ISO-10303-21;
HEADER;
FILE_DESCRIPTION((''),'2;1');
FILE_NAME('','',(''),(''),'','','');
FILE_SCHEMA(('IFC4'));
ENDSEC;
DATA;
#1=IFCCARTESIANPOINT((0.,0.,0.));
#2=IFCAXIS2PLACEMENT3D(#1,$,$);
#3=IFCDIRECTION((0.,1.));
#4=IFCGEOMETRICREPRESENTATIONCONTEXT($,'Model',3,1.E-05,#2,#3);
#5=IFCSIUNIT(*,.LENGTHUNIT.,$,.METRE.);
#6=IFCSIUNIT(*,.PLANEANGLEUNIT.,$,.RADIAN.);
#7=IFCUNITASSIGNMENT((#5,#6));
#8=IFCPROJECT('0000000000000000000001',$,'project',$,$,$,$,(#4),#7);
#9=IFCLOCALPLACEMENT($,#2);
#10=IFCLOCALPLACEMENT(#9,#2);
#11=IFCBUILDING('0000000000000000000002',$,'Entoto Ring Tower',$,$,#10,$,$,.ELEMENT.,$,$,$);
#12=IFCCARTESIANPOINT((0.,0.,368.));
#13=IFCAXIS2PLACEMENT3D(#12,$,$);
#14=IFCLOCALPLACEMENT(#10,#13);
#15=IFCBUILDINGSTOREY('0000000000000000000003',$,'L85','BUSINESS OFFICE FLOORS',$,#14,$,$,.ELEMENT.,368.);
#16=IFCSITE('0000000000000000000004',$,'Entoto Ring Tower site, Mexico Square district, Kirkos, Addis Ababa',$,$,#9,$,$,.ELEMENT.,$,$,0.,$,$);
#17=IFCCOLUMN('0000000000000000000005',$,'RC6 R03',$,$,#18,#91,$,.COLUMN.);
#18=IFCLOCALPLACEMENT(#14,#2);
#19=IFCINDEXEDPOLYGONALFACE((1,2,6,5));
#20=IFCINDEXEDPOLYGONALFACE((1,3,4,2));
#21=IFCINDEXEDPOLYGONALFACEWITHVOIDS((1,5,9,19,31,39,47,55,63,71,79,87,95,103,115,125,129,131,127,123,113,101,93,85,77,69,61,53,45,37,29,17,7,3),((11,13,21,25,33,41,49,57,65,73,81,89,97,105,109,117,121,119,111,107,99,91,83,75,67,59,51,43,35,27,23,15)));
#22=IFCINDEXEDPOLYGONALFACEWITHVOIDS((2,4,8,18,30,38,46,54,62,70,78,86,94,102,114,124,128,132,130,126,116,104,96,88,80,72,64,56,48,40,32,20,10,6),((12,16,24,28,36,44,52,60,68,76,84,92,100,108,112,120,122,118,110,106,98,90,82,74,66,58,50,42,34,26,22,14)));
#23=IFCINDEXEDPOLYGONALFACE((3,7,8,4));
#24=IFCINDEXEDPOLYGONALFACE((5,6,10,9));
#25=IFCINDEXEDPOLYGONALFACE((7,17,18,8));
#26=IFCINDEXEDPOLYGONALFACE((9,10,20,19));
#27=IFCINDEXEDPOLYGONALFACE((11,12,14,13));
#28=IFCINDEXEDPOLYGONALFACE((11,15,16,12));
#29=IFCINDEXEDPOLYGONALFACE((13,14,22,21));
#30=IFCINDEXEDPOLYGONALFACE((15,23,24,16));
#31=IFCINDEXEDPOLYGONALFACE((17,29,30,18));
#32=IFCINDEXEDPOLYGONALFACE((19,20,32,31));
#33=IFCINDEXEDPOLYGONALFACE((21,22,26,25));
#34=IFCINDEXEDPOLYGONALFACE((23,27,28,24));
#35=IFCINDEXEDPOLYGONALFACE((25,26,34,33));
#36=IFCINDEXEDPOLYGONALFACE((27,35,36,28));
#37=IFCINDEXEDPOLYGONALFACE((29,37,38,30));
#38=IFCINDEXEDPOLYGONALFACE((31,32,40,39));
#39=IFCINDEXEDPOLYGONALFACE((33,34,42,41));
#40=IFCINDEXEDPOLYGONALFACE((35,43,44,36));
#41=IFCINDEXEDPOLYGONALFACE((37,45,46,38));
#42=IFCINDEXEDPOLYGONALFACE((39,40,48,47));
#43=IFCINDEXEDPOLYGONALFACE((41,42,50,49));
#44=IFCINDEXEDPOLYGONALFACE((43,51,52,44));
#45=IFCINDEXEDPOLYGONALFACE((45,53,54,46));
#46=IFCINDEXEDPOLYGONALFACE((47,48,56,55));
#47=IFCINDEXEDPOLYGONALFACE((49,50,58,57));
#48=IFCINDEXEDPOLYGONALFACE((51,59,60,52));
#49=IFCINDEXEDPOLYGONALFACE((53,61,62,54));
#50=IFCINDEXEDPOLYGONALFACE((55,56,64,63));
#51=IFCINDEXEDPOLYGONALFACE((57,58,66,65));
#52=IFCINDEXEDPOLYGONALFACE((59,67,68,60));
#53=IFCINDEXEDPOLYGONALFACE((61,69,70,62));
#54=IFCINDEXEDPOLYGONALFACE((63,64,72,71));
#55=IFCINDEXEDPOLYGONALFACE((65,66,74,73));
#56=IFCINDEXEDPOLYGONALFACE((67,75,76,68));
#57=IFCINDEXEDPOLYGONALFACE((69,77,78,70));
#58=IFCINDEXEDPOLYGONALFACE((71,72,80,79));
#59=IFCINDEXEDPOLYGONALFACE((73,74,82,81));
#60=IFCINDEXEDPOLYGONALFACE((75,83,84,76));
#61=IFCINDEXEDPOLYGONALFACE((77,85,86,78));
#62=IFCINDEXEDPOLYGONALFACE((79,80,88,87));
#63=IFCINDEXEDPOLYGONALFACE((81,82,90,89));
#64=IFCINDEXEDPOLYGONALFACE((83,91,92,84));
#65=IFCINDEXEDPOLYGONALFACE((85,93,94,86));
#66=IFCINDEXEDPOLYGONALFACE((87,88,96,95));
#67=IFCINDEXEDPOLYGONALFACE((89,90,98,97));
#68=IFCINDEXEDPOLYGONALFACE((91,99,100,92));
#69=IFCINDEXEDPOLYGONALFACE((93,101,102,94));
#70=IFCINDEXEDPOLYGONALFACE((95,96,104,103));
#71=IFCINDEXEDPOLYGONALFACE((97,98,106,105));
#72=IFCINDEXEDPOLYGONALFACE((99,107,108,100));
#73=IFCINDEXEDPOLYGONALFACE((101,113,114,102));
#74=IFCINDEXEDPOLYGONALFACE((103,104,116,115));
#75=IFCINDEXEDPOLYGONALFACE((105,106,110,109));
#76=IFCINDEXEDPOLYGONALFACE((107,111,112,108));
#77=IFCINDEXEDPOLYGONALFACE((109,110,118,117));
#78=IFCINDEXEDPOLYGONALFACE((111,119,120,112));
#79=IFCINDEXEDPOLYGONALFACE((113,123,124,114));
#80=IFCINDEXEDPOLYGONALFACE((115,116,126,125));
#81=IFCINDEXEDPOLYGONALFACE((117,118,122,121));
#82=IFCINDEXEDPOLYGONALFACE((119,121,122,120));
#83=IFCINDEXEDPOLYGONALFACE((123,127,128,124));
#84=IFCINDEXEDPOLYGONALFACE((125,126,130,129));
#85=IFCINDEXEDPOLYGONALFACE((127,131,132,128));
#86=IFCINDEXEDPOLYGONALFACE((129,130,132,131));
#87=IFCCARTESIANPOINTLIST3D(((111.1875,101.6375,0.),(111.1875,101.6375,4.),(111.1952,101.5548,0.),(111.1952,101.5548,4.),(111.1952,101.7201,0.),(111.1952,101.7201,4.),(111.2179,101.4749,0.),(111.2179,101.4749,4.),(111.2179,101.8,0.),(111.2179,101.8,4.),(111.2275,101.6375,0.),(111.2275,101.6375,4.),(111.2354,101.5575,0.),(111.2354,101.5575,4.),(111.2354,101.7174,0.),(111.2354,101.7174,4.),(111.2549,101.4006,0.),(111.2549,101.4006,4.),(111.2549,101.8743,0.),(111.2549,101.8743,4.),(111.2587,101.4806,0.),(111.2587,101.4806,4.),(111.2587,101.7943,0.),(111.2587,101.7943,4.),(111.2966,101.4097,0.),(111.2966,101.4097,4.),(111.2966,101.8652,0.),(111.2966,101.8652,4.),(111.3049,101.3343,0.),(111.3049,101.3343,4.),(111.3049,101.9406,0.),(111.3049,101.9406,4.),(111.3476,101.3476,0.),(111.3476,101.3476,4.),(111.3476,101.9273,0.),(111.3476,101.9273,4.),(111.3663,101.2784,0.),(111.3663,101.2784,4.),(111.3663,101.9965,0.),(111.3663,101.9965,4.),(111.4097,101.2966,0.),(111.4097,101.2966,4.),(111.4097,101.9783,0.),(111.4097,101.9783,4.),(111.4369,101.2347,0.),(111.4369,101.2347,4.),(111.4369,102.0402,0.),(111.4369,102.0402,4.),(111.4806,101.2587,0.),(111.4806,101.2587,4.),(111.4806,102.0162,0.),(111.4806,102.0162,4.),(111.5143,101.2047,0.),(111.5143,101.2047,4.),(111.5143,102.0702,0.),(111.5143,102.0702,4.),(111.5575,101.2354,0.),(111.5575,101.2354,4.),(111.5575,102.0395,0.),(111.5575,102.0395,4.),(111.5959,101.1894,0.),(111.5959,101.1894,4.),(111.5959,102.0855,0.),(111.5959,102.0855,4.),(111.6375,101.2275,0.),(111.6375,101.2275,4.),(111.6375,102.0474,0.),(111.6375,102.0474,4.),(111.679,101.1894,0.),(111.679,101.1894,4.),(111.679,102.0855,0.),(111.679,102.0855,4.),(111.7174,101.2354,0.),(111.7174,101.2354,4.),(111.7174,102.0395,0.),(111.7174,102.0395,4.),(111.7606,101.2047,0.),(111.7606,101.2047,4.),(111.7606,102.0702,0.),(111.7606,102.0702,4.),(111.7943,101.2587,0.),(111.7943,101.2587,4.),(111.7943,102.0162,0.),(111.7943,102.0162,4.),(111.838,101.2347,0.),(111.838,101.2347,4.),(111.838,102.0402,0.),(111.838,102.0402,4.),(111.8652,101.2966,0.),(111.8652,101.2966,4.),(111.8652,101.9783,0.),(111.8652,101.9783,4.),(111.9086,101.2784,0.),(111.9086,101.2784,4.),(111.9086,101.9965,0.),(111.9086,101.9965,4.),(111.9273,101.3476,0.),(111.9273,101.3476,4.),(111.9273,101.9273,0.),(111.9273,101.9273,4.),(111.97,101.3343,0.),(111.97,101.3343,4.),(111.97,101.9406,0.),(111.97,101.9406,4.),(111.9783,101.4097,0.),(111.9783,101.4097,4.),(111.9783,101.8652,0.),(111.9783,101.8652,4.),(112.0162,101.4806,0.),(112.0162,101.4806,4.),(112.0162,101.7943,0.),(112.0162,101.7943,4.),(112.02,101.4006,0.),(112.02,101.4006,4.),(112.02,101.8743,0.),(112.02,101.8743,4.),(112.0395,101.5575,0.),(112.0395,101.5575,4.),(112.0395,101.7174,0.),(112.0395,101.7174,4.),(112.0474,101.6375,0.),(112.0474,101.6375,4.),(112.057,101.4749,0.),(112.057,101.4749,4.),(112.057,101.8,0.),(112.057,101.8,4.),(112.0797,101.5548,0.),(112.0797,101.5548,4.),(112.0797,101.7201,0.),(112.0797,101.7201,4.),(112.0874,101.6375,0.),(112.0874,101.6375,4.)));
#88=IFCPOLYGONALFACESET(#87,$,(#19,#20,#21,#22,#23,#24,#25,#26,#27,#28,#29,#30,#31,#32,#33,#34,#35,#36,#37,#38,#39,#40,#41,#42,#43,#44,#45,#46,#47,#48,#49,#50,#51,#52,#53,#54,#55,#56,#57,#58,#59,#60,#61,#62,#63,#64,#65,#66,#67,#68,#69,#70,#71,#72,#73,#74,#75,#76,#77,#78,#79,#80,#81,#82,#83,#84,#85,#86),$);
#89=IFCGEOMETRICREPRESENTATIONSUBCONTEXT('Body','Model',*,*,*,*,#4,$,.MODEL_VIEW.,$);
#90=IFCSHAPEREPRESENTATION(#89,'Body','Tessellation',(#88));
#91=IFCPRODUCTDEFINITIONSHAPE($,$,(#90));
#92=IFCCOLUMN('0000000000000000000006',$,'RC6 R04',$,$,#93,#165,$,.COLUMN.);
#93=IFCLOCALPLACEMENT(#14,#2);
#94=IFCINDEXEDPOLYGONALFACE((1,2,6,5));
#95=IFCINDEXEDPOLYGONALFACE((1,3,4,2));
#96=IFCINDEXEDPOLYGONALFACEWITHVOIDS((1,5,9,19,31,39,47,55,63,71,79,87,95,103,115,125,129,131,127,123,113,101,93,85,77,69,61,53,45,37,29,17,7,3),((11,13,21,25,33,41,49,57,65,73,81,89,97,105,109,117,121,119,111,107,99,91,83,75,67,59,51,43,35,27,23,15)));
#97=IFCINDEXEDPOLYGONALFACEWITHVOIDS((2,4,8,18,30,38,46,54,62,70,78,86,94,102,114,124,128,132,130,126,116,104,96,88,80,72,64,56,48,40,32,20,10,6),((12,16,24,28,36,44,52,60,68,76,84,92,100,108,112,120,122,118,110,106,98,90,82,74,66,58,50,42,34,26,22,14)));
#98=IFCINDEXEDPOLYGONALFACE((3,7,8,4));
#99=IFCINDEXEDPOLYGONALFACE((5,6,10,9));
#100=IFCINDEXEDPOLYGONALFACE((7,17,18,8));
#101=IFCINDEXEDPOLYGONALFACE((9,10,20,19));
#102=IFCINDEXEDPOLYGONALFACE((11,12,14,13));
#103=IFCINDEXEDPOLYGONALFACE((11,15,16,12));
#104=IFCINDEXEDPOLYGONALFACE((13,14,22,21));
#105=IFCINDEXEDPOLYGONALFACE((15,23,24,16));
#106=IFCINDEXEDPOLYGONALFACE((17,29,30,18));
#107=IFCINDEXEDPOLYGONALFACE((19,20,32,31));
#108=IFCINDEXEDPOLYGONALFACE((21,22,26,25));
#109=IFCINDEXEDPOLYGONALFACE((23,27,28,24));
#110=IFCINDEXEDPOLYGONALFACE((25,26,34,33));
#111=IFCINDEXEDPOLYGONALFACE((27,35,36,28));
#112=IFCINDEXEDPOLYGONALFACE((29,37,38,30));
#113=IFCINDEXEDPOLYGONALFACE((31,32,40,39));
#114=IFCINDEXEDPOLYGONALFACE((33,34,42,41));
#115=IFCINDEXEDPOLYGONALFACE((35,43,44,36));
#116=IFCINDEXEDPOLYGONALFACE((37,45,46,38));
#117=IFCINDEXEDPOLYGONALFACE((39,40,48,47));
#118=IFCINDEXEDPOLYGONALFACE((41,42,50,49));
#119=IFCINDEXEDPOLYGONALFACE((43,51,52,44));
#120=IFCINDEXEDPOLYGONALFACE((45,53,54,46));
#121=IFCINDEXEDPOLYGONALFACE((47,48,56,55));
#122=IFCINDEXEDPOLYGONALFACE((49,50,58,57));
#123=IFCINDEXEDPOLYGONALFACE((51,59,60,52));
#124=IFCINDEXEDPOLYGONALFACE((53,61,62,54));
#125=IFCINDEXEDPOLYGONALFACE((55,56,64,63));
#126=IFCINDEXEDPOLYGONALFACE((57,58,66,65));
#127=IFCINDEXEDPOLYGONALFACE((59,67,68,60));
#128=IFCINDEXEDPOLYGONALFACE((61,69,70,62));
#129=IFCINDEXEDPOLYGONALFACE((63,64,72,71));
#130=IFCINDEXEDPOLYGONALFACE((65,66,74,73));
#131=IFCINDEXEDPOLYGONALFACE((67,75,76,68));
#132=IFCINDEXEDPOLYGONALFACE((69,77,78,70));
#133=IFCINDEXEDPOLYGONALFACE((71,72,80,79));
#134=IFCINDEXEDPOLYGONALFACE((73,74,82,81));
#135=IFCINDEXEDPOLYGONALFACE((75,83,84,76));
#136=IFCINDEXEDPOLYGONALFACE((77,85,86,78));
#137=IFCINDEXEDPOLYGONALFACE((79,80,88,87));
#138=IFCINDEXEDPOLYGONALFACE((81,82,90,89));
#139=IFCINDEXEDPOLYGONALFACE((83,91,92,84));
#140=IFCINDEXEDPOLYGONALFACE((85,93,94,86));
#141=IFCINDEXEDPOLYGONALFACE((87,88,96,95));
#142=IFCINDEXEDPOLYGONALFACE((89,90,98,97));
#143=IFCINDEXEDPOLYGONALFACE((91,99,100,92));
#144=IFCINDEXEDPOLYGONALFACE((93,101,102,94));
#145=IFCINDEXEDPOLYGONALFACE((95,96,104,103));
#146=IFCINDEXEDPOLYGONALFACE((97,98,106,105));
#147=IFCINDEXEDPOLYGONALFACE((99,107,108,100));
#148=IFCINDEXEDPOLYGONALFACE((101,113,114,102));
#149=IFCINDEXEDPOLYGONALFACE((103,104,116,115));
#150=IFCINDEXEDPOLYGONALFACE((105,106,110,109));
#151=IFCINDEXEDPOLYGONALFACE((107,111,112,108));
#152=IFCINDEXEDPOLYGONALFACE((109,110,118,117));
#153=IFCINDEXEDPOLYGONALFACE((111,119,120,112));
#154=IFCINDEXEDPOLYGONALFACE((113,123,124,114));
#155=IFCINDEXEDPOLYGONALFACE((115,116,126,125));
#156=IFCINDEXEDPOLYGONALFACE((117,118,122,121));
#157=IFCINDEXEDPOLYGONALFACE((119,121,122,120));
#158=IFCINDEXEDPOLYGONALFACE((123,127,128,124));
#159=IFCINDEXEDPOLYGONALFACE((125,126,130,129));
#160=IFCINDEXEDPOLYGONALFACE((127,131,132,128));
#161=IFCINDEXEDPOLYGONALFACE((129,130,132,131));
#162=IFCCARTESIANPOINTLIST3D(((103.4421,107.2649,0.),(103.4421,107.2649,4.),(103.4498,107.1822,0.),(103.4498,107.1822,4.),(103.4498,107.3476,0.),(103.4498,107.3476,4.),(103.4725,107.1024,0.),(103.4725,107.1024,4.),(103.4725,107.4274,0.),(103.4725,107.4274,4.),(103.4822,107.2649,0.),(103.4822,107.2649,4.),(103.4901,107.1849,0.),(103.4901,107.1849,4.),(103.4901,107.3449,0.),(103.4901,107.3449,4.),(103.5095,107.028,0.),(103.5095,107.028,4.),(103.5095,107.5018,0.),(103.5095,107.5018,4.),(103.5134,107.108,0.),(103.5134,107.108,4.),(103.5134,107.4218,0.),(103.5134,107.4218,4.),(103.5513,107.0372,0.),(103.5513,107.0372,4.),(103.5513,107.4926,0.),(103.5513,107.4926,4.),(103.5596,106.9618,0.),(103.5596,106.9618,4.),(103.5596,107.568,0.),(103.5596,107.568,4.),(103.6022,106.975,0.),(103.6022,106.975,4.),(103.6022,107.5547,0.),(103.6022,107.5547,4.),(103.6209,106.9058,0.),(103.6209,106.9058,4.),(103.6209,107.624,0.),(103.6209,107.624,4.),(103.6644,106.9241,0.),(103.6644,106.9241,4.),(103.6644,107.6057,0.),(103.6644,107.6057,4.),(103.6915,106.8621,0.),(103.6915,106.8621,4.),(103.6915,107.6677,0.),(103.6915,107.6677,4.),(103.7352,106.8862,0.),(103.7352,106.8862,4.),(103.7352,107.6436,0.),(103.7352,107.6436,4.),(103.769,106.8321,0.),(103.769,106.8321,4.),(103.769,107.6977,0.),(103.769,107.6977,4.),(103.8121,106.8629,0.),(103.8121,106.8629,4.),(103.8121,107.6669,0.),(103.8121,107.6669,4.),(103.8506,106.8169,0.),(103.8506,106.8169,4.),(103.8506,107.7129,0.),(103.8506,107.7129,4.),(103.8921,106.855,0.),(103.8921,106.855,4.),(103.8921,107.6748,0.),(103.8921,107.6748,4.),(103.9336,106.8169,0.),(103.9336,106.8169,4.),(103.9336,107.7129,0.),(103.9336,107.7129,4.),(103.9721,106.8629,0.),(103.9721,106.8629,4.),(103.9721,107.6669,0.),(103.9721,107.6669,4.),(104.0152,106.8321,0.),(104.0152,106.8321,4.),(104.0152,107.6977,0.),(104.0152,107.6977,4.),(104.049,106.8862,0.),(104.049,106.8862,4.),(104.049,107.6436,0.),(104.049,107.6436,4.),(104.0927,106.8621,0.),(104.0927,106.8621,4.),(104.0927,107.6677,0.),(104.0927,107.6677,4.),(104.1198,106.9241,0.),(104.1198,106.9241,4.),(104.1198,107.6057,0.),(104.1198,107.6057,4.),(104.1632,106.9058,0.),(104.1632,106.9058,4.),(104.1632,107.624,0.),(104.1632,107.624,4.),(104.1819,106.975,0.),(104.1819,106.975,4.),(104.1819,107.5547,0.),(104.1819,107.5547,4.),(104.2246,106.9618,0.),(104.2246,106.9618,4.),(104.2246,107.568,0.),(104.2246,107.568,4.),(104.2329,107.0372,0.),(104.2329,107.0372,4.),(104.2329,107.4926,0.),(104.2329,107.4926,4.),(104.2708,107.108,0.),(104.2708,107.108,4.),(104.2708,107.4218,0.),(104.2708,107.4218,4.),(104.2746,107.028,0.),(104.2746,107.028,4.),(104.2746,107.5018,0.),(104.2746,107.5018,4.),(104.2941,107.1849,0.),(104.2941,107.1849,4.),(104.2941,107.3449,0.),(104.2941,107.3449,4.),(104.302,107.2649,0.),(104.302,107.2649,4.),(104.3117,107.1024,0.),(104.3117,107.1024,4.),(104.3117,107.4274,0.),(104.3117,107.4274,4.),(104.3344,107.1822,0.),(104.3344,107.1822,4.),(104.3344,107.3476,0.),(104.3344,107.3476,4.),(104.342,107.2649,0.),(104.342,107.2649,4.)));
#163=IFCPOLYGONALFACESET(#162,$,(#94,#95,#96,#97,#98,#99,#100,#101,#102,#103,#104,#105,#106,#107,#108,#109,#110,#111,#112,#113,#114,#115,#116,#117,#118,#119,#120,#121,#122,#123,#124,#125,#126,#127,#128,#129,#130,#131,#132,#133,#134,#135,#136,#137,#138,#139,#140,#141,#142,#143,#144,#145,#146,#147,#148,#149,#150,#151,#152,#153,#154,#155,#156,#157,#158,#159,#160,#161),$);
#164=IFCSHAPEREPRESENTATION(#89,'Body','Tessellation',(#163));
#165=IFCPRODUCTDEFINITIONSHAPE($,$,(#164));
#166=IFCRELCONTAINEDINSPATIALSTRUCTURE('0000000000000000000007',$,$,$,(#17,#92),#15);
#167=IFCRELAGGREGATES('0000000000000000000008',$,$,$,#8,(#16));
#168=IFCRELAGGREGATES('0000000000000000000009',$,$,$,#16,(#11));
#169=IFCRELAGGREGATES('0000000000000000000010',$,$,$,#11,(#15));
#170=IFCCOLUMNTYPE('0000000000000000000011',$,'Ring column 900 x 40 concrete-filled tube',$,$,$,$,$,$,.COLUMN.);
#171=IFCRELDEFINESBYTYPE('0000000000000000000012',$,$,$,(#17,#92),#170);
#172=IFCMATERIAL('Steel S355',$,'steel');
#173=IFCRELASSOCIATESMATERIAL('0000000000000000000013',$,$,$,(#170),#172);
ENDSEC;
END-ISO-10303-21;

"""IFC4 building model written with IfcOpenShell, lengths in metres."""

from ifc_helpers import new_model, si_unit, direction, frame, origin, origin_2d, place, context, subcontext, project, spatial, circle, hollow_circle, extrude, material, material_profile, profile_set, type_object, element, save


model = new_model("IFC4")

# Units and contexts
model_context = context("Model", 3, precision=1e-05, world=origin(), true_north=direction((0.0, 1.0)))
body_context = subcontext(model_context, "Body", "Model", "MODEL_VIEW")
ifc_project = project(units=[si_unit("LENGTHUNIT", "METRE"), si_unit("PLANEANGLEUNIT", "RADIAN")], contexts=[model_context])

# Site, building, storey
site_placement = place(None, origin())
site = spatial("IfcSite", under=ifc_project, at=site_placement, Name="Entoto Ring Tower site, Mexico Square district, Kirkos, Addis Ababa", CompositionType="ELEMENT", RefElevation=0.0)
building_placement = place(site_placement, origin())
building = spatial("IfcBuilding", under=site, at=building_placement, Name="Entoto Ring Tower", CompositionType="ELEMENT")
storey_placement = place(building_placement, frame((0.0, 0.0, 368.0)))
storey = spatial("IfcBuildingStorey", under=building, at=storey_placement, Name="L85", Description="BUSINESS OFFICE FLOORS", CompositionType="ELEMENT", Elevation=368.0)

# Columns
ifc_material_1 = material(Name="Steel S355", Category="steel")
ifc_material_profile_1 = material_profile(ifc_material_1, hollow_circle(Radius=0.45, WallThickness=0.04, at=origin_2d()), Name="CHS 900 x 40")
ifc_material_2 = material(Name="Concrete C60/75", Category="concrete")
ifc_material_profile_2 = material_profile(ifc_material_2, circle(Radius=0.4099, at=origin_2d()), Name="Concrete C60/75 infill")
ifc_profile_set_1 = profile_set([ifc_material_profile_1, ifc_material_profile_2], Name="Steel S355")
column_type = type_object("IfcColumnType", Name="Ring column 900 x 40 concrete-filled tube", PredefinedType="COLUMN", material=ifc_profile_set_1)
for number, where, z_axis, x_axis, name in (
    (1, (111.6375, 101.6375, 0.0), (0.0, 0.0, 1.0), (1.0, 0.0, 0.0), "RC6 R03"),
    (2, (103.8921, 107.2649, 0.0), (0.0, 0.0, 1.0), (1.0, 0.0, 0.0), "RC6 R04"),
):
    element("IfcColumn", number, at=place(storey_placement, frame(where, z_axis=z_axis, x_axis=x_axis)), inside=storey, type_object=column_type, Name=name, PredefinedType="COLUMN", context=body_context, shape_type="SweptSolid", body=[
        extrude(hollow_circle(Radius=0.45, WallThickness=0.04, at=origin_2d()), origin(), (0.0, 0.0, 1.0), 4.0),
    ])

save(model, "model.ifc")
